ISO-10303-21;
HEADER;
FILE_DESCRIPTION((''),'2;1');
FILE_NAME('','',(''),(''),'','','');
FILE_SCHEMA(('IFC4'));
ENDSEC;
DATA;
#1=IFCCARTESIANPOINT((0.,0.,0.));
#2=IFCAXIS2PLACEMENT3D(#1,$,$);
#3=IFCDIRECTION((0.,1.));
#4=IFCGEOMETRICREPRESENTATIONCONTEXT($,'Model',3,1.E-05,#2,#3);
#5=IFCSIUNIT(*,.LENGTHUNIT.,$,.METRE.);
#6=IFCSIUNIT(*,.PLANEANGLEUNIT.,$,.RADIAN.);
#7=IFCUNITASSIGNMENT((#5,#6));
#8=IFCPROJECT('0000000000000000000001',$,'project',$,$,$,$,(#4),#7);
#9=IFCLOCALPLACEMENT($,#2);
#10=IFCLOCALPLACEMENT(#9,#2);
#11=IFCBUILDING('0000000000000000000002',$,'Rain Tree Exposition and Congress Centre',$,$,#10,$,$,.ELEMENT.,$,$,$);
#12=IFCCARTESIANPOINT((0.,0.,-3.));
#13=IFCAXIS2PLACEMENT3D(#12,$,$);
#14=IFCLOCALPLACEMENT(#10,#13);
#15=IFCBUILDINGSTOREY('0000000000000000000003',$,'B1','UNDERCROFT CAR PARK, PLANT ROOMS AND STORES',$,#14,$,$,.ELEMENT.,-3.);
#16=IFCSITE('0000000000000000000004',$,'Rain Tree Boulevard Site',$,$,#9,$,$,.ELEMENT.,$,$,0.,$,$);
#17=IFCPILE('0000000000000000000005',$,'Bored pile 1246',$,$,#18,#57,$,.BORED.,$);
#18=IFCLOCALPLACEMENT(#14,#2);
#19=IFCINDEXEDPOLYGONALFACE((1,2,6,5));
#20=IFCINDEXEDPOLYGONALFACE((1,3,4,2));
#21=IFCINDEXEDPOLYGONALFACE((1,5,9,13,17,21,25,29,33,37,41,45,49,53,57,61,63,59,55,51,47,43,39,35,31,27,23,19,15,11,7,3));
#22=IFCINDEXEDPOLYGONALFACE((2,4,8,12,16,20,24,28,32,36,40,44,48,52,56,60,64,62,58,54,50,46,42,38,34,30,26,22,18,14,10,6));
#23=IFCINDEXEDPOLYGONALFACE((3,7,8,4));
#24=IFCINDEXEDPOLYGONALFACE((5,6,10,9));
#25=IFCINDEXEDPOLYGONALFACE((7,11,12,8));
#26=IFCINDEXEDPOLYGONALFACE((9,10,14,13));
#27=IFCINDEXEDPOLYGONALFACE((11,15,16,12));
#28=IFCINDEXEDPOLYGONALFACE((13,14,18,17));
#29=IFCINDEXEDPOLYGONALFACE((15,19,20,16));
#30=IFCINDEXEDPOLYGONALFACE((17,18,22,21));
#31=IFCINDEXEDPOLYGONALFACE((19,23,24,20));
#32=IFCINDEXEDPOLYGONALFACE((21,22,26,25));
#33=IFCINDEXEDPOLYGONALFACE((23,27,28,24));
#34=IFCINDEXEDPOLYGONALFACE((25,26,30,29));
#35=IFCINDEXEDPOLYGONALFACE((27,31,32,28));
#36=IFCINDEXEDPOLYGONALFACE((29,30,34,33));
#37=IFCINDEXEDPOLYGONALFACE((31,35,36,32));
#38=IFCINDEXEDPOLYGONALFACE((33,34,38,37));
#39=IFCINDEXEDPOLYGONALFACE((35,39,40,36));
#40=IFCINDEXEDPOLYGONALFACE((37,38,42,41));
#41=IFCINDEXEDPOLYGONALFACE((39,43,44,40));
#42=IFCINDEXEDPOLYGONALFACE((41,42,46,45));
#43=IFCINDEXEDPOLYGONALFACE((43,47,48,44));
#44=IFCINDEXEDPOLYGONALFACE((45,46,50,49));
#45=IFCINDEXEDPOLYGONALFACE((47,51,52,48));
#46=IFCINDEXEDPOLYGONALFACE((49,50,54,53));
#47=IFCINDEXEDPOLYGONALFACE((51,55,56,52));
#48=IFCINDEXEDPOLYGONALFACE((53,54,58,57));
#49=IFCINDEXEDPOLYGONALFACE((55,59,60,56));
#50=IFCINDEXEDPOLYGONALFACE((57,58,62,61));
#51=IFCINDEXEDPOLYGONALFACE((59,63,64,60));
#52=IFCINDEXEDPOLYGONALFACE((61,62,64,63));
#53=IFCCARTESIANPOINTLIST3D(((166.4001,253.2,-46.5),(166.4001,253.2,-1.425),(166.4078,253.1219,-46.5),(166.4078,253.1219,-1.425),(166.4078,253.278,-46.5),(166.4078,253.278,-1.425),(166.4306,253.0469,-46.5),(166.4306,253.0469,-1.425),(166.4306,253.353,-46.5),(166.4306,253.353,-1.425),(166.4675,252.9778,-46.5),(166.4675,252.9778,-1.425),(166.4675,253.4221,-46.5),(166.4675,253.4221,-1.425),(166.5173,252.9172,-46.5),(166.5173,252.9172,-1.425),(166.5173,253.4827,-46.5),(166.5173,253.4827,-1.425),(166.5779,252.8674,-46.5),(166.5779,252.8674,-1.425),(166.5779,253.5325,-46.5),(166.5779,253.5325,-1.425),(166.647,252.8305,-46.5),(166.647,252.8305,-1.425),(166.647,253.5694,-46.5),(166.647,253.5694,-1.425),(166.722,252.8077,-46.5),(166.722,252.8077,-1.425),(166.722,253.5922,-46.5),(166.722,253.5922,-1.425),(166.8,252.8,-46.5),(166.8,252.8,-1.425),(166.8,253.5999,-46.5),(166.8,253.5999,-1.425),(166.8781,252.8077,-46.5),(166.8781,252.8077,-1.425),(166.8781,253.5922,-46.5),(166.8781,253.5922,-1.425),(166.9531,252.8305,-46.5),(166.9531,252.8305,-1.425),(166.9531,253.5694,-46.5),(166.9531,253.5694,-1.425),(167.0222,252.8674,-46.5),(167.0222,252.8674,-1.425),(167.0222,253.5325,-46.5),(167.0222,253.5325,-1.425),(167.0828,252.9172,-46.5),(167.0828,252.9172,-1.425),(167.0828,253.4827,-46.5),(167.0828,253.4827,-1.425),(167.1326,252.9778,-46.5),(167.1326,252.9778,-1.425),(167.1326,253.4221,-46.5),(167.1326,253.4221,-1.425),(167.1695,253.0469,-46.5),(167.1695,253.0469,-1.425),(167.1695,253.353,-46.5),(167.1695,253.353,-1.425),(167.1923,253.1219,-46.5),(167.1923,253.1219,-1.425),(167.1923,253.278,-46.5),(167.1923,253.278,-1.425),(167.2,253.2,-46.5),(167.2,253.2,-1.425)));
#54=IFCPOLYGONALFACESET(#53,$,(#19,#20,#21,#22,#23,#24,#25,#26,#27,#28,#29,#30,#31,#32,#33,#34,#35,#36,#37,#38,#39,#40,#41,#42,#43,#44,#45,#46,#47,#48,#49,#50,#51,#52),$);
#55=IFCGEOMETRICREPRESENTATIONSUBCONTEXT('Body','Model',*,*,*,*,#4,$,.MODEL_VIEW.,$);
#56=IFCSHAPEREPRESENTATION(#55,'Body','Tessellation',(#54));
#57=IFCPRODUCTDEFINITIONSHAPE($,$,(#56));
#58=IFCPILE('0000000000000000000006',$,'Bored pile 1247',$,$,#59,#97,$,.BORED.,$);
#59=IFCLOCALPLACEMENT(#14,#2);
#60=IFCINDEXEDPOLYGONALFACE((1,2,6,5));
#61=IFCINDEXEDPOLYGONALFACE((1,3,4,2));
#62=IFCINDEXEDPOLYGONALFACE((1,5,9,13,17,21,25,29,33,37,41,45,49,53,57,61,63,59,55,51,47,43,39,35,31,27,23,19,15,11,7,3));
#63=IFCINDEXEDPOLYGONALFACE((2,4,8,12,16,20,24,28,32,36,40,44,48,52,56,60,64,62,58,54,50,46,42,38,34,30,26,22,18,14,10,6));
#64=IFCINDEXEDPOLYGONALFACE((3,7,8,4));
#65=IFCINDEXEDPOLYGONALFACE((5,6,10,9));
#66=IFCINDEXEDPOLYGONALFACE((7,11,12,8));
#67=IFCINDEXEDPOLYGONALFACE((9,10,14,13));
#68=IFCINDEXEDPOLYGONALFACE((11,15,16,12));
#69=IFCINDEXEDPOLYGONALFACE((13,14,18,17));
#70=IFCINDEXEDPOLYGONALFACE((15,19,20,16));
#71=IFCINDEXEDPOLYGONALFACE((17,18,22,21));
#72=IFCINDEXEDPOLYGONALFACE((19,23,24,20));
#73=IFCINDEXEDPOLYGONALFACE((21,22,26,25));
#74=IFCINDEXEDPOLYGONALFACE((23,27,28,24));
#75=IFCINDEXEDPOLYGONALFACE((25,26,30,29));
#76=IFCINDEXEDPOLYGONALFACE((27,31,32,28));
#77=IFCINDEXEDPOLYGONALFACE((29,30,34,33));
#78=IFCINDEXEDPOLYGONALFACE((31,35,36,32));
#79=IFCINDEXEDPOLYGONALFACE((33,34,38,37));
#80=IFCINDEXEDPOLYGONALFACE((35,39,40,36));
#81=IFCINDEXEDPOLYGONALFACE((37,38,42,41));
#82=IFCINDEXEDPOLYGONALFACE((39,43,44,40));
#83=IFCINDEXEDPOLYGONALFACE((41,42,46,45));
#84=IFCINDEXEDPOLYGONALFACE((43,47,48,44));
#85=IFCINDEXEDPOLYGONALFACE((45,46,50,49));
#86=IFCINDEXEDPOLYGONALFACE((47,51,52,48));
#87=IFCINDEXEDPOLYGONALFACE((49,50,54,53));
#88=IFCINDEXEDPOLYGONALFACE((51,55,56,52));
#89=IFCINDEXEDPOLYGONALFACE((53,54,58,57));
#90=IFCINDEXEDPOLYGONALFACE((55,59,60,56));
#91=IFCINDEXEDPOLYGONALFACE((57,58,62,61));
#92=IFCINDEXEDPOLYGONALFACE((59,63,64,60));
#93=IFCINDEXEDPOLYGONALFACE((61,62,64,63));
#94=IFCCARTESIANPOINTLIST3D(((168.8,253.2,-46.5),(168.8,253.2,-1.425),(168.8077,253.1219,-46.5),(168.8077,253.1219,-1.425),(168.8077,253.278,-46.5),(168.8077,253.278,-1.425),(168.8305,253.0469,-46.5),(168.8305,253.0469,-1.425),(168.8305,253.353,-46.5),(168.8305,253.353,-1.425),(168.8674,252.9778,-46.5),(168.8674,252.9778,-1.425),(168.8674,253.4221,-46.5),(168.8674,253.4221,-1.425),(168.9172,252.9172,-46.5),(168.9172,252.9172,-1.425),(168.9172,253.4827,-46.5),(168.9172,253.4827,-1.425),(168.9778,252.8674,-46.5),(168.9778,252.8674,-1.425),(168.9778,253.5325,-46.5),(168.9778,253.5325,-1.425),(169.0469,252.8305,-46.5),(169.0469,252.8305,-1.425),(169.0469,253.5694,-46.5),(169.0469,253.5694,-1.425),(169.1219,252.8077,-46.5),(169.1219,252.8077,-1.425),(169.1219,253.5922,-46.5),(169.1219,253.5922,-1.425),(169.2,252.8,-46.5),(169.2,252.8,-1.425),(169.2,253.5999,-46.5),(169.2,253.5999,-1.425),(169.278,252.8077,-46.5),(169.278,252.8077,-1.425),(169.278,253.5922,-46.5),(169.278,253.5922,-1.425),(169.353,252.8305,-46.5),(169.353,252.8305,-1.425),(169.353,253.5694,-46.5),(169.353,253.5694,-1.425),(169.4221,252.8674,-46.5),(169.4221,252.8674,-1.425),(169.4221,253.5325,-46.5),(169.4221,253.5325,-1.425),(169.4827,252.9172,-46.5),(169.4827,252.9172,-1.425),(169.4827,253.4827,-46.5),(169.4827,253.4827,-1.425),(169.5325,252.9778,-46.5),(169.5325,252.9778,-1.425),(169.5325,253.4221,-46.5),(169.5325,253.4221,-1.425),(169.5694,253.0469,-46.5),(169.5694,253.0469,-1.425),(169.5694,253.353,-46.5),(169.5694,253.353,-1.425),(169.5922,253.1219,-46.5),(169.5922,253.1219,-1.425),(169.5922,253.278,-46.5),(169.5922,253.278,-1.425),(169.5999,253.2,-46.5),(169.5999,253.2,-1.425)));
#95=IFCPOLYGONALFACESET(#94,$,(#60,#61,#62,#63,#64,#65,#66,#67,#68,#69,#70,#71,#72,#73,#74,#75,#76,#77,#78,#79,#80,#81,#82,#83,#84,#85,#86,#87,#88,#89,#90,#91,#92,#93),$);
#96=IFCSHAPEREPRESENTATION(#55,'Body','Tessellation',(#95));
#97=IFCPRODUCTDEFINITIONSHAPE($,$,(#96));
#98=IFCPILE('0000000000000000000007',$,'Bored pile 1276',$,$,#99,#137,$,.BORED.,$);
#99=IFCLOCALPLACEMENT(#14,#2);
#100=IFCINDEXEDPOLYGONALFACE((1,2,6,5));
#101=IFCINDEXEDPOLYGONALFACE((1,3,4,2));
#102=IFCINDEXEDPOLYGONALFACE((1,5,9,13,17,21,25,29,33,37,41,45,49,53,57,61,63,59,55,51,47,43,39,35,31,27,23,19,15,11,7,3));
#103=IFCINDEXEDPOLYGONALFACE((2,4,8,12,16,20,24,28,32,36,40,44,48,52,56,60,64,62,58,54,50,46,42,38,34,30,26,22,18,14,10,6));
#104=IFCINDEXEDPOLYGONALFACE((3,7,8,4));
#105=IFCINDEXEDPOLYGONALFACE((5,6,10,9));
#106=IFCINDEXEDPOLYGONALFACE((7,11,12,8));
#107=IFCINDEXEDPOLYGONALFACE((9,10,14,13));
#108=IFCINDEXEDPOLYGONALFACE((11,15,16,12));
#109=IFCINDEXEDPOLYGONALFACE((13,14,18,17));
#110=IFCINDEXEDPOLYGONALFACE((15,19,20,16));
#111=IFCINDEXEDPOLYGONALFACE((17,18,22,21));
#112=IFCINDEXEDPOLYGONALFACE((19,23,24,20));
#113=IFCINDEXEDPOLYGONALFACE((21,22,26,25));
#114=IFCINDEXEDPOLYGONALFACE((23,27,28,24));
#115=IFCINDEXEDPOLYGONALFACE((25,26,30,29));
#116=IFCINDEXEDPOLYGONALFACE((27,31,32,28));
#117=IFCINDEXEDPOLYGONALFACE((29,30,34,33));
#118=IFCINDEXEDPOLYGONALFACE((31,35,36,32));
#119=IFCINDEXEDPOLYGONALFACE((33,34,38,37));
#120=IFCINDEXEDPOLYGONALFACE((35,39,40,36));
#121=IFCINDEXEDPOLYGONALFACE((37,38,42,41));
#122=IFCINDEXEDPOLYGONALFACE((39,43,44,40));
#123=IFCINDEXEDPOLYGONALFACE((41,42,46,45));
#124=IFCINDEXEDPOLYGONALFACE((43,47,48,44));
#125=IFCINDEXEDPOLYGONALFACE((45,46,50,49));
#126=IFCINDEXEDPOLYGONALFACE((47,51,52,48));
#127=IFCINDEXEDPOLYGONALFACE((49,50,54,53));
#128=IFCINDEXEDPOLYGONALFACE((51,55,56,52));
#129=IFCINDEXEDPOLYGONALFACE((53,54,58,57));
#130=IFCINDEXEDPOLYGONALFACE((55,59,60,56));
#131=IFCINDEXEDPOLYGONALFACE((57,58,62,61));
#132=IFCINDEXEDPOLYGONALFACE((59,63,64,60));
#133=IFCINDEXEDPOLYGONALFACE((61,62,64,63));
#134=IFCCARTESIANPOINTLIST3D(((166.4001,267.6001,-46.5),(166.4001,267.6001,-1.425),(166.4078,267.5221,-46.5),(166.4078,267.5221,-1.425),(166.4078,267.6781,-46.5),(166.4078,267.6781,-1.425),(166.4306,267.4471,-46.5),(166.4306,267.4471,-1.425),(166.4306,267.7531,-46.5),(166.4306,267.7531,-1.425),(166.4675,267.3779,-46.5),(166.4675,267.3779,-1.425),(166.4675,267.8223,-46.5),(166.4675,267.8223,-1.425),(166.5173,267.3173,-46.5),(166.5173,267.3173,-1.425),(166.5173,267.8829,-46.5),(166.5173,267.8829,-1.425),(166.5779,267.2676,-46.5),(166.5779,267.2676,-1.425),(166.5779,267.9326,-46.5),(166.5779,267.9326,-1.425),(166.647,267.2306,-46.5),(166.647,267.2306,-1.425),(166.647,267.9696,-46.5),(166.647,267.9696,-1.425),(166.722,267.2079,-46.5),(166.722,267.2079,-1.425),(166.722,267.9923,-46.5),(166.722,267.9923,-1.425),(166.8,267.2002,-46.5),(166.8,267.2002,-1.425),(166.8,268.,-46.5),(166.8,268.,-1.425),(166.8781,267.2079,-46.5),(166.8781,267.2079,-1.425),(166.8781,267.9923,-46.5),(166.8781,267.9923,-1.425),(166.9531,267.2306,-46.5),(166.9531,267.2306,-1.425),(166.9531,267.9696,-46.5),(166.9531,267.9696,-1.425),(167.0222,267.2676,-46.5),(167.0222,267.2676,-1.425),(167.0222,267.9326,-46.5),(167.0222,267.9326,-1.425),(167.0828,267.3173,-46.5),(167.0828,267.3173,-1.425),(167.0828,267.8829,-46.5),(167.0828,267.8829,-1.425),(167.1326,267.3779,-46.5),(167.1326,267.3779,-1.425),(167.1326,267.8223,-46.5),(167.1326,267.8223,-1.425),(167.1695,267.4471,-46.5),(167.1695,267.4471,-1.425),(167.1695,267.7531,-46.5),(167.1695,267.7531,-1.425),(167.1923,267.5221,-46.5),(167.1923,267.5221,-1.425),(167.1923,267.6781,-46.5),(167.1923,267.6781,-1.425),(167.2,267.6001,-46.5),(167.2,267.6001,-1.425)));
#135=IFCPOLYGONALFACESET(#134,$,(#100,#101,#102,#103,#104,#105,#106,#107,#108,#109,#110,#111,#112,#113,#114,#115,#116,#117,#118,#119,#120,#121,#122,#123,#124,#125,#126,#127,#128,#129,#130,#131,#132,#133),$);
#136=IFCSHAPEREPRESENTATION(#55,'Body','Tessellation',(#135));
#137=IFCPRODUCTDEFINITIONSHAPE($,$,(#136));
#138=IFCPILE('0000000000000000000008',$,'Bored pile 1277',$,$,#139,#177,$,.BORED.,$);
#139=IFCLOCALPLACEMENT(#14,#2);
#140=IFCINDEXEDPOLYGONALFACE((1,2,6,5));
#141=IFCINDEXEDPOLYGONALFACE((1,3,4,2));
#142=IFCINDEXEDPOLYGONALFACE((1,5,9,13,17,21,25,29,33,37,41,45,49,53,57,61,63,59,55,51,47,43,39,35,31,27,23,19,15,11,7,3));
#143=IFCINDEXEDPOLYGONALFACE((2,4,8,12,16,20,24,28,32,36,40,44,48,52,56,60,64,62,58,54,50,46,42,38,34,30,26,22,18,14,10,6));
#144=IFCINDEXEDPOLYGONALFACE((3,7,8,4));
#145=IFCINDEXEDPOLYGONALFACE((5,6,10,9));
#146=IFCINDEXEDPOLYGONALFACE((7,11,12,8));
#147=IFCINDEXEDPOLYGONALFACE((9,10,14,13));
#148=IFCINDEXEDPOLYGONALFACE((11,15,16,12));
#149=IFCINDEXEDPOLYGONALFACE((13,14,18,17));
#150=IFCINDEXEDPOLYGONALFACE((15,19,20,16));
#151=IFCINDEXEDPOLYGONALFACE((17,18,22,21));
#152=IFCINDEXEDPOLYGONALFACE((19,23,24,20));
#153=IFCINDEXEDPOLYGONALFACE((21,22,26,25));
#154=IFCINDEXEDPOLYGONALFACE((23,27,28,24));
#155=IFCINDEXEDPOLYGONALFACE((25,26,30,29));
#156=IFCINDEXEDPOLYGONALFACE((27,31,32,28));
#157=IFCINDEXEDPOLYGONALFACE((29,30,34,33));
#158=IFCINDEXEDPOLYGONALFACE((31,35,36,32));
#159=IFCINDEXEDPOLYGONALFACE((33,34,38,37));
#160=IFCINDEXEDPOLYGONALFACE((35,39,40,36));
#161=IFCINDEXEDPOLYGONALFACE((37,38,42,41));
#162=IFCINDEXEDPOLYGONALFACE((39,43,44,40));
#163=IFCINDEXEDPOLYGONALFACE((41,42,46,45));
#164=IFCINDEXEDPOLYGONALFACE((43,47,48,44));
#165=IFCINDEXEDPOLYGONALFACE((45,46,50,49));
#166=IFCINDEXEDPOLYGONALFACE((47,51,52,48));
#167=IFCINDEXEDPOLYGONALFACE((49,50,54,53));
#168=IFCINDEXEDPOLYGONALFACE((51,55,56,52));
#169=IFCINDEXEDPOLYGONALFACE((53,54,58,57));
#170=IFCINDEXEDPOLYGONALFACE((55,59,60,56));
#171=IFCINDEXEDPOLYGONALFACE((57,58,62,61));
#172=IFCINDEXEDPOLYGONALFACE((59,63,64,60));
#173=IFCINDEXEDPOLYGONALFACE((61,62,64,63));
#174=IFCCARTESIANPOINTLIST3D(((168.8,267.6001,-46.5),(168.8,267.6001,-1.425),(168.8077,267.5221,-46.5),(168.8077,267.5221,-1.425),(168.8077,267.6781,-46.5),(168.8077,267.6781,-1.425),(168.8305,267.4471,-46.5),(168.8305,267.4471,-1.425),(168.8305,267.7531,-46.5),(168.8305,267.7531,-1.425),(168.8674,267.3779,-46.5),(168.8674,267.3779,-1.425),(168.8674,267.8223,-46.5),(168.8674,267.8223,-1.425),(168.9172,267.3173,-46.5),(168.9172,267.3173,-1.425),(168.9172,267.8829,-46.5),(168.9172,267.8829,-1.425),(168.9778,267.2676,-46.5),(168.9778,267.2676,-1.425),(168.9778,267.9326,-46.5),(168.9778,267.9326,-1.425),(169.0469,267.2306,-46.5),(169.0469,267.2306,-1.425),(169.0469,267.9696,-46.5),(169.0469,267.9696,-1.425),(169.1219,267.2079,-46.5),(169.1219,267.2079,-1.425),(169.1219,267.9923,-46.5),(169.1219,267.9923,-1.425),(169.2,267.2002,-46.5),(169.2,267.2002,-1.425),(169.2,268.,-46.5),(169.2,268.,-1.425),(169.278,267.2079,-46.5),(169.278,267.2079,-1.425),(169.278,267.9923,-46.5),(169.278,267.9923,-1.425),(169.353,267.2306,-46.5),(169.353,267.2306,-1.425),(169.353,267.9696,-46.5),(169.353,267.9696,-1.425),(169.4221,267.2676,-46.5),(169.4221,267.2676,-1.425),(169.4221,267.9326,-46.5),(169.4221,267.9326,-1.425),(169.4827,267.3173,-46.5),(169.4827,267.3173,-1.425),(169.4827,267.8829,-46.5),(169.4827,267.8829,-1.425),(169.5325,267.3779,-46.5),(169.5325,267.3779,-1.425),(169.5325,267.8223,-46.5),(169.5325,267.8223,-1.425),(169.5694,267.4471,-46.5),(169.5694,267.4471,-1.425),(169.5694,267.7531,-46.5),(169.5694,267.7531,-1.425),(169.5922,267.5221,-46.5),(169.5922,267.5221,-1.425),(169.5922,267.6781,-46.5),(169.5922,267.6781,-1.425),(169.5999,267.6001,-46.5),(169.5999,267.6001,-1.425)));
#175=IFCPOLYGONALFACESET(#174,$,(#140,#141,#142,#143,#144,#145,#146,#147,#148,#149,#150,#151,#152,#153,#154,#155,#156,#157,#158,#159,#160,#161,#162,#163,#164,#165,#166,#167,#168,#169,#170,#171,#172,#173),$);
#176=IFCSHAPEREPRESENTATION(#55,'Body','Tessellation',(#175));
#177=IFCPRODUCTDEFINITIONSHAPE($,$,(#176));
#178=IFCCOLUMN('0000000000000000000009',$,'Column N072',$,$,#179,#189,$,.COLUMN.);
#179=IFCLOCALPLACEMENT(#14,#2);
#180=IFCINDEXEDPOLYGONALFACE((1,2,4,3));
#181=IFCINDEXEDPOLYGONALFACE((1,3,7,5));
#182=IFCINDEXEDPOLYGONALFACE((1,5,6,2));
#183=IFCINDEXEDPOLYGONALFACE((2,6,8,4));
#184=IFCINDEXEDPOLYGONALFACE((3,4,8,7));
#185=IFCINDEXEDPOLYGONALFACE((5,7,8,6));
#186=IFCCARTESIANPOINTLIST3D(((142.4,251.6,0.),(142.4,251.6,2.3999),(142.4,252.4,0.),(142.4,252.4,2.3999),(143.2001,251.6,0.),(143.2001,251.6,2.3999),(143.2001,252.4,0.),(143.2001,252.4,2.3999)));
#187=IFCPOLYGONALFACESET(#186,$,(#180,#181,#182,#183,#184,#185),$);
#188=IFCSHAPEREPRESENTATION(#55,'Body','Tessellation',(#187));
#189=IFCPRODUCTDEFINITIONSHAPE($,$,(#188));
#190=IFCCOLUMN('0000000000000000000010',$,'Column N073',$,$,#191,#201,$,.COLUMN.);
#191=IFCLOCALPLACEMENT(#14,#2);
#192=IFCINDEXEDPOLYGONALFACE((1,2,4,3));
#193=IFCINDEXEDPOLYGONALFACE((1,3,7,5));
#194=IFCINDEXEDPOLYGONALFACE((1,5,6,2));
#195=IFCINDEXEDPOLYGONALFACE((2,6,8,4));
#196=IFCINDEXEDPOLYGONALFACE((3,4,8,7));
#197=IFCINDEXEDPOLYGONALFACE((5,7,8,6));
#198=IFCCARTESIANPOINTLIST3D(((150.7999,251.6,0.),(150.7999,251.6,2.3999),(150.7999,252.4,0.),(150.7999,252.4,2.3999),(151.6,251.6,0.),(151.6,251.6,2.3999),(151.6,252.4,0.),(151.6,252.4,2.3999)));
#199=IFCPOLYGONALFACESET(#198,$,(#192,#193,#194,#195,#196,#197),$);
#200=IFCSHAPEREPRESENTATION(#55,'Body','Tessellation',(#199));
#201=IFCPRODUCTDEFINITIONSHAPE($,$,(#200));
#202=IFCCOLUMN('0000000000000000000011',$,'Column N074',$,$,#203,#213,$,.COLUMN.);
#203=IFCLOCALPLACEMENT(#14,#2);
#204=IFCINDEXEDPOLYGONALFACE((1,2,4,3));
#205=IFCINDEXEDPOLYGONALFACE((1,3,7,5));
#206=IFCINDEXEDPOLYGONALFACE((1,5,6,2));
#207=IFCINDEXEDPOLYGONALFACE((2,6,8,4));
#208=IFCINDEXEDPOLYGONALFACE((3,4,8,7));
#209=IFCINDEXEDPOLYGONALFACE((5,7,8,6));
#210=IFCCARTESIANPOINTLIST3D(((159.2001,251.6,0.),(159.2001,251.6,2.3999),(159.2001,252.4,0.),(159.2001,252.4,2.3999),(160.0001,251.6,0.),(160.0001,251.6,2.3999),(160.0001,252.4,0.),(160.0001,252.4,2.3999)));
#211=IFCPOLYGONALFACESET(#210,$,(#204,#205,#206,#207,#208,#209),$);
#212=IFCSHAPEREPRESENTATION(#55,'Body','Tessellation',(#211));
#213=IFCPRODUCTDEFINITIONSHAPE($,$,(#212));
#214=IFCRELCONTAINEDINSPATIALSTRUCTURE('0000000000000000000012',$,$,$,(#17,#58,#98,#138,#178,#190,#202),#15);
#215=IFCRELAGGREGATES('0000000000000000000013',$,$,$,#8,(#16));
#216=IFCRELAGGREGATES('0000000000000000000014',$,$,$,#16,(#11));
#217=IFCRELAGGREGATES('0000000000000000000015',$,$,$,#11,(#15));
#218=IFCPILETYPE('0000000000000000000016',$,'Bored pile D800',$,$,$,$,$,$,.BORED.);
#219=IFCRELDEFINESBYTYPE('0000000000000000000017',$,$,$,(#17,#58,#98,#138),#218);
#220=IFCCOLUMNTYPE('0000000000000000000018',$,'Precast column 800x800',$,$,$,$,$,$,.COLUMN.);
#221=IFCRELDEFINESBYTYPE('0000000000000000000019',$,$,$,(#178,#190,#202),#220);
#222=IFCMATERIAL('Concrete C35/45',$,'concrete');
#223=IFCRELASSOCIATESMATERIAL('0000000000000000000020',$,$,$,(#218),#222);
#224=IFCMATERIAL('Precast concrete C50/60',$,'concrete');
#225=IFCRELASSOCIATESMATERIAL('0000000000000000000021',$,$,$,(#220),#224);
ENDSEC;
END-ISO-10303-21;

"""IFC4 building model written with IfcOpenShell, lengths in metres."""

from ifc_helpers import new_model, si_unit, direction, frame, origin, origin_2d, place, context, subcontext, project, spatial, rectangle, circle, extrude, material, material_profile, profile_set, type_object, element, save


model = new_model("IFC4")

# Units and contexts
model_context = context("Model", 3, precision=1e-05, world=origin(), true_north=direction((0.0, 1.0)))
body_context = subcontext(model_context, "Body", "Model", "MODEL_VIEW")
ifc_project = project(units=[si_unit("LENGTHUNIT", "METRE"), si_unit("PLANEANGLEUNIT", "RADIAN")], contexts=[model_context])

# Site, building, storey
site_placement = place(None, origin())
site = spatial("IfcSite", under=ifc_project, at=site_placement, Name="Rain Tree Boulevard Site", CompositionType="ELEMENT", RefElevation=0.0)
building_placement = place(site_placement, origin())
building = spatial("IfcBuilding", under=site, at=building_placement, Name="Rain Tree Exposition and Congress Centre", CompositionType="ELEMENT")
storey_placement = place(building_placement, frame((0.0, 0.0, -3.0)))
storey = spatial("IfcBuildingStorey", under=building, at=storey_placement, Name="B1", Description="UNDERCROFT CAR PARK, PLANT ROOMS AND STORES", CompositionType="ELEMENT", Elevation=-3.0)

# Piles
ifc_material_1 = material(Name="Concrete C35/45", Category="concrete")
ifc_material_profile_1 = material_profile(ifc_material_1, circle(Radius=0.3999, at=origin_2d()), Name="D800")
ifc_profile_set_1 = profile_set([ifc_material_profile_1], Name="Concrete C35/45")
pile_type = type_object("IfcPileType", Name="Bored pile D800", PredefinedType="BORED", material=ifc_profile_set_1)
for number, where, z_axis, x_axis, name in (
    (1, (166.8, 253.2, -1.425), (0.0, 0.0, -1.0), (1.0, 0.0, 0.0), "Bored pile 1246"),
    (2, (169.2, 253.2, -1.425), (0.0, 0.0, -1.0), (1.0, 0.0, 0.0), "Bored pile 1247"),
    (3, (166.8, 267.6001, -1.425), (0.0, 0.0, -1.0), (1.0, 0.0, 0.0), "Bored pile 1276"),
    (4, (169.2, 267.6001, -1.425), (0.0, 0.0, -1.0), (1.0, 0.0, 0.0), "Bored pile 1277"),
):
    element("IfcPile", number, at=place(storey_placement, frame(where, z_axis=z_axis, x_axis=x_axis)), inside=storey, type_object=pile_type, Name=name, PredefinedType="BORED", context=body_context, shape_type="SweptSolid", body=[
        extrude(circle(Radius=0.3999, at=origin_2d()), origin(), (0.0, 0.0, 1.0), 45.075),
    ])

# Columns
ifc_material_2 = material(Name="Precast concrete C50/60", Category="concrete")
ifc_material_profile_2 = material_profile(ifc_material_2, rectangle(XDim=0.8, YDim=0.8, at=origin_2d()), Name="RC 800x800")
ifc_profile_set_2 = profile_set([ifc_material_profile_2], Name="Precast concrete C50/60")
column_type = type_object("IfcColumnType", Name="Precast column 800x800", PredefinedType="COLUMN", material=ifc_profile_set_2)
for number, where, z_axis, x_axis, name in (
    (5, (142.8, 252.0, 0.0), (0.0, 0.0, 1.0), (1.0, 0.0, 0.0), "Column N072"),
    (6, (151.2, 252.0, 0.0), (0.0, 0.0, 1.0), (1.0, 0.0, 0.0), "Column N073"),
    (7, (159.6001, 252.0, 0.0), (0.0, 0.0, 1.0), (1.0, 0.0, 0.0), "Column N074"),
):
    element("IfcColumn", number, at=place(storey_placement, frame(where, z_axis=z_axis, x_axis=x_axis)), inside=storey, type_object=column_type, Name=name, PredefinedType="COLUMN", context=body_context, shape_type="SweptSolid", body=[
        extrude(rectangle(XDim=0.8, YDim=0.8, at=origin_2d()), origin(), (0.0, 0.0, 1.0), 2.3999),
    ])

save(model, "model.ifc")
